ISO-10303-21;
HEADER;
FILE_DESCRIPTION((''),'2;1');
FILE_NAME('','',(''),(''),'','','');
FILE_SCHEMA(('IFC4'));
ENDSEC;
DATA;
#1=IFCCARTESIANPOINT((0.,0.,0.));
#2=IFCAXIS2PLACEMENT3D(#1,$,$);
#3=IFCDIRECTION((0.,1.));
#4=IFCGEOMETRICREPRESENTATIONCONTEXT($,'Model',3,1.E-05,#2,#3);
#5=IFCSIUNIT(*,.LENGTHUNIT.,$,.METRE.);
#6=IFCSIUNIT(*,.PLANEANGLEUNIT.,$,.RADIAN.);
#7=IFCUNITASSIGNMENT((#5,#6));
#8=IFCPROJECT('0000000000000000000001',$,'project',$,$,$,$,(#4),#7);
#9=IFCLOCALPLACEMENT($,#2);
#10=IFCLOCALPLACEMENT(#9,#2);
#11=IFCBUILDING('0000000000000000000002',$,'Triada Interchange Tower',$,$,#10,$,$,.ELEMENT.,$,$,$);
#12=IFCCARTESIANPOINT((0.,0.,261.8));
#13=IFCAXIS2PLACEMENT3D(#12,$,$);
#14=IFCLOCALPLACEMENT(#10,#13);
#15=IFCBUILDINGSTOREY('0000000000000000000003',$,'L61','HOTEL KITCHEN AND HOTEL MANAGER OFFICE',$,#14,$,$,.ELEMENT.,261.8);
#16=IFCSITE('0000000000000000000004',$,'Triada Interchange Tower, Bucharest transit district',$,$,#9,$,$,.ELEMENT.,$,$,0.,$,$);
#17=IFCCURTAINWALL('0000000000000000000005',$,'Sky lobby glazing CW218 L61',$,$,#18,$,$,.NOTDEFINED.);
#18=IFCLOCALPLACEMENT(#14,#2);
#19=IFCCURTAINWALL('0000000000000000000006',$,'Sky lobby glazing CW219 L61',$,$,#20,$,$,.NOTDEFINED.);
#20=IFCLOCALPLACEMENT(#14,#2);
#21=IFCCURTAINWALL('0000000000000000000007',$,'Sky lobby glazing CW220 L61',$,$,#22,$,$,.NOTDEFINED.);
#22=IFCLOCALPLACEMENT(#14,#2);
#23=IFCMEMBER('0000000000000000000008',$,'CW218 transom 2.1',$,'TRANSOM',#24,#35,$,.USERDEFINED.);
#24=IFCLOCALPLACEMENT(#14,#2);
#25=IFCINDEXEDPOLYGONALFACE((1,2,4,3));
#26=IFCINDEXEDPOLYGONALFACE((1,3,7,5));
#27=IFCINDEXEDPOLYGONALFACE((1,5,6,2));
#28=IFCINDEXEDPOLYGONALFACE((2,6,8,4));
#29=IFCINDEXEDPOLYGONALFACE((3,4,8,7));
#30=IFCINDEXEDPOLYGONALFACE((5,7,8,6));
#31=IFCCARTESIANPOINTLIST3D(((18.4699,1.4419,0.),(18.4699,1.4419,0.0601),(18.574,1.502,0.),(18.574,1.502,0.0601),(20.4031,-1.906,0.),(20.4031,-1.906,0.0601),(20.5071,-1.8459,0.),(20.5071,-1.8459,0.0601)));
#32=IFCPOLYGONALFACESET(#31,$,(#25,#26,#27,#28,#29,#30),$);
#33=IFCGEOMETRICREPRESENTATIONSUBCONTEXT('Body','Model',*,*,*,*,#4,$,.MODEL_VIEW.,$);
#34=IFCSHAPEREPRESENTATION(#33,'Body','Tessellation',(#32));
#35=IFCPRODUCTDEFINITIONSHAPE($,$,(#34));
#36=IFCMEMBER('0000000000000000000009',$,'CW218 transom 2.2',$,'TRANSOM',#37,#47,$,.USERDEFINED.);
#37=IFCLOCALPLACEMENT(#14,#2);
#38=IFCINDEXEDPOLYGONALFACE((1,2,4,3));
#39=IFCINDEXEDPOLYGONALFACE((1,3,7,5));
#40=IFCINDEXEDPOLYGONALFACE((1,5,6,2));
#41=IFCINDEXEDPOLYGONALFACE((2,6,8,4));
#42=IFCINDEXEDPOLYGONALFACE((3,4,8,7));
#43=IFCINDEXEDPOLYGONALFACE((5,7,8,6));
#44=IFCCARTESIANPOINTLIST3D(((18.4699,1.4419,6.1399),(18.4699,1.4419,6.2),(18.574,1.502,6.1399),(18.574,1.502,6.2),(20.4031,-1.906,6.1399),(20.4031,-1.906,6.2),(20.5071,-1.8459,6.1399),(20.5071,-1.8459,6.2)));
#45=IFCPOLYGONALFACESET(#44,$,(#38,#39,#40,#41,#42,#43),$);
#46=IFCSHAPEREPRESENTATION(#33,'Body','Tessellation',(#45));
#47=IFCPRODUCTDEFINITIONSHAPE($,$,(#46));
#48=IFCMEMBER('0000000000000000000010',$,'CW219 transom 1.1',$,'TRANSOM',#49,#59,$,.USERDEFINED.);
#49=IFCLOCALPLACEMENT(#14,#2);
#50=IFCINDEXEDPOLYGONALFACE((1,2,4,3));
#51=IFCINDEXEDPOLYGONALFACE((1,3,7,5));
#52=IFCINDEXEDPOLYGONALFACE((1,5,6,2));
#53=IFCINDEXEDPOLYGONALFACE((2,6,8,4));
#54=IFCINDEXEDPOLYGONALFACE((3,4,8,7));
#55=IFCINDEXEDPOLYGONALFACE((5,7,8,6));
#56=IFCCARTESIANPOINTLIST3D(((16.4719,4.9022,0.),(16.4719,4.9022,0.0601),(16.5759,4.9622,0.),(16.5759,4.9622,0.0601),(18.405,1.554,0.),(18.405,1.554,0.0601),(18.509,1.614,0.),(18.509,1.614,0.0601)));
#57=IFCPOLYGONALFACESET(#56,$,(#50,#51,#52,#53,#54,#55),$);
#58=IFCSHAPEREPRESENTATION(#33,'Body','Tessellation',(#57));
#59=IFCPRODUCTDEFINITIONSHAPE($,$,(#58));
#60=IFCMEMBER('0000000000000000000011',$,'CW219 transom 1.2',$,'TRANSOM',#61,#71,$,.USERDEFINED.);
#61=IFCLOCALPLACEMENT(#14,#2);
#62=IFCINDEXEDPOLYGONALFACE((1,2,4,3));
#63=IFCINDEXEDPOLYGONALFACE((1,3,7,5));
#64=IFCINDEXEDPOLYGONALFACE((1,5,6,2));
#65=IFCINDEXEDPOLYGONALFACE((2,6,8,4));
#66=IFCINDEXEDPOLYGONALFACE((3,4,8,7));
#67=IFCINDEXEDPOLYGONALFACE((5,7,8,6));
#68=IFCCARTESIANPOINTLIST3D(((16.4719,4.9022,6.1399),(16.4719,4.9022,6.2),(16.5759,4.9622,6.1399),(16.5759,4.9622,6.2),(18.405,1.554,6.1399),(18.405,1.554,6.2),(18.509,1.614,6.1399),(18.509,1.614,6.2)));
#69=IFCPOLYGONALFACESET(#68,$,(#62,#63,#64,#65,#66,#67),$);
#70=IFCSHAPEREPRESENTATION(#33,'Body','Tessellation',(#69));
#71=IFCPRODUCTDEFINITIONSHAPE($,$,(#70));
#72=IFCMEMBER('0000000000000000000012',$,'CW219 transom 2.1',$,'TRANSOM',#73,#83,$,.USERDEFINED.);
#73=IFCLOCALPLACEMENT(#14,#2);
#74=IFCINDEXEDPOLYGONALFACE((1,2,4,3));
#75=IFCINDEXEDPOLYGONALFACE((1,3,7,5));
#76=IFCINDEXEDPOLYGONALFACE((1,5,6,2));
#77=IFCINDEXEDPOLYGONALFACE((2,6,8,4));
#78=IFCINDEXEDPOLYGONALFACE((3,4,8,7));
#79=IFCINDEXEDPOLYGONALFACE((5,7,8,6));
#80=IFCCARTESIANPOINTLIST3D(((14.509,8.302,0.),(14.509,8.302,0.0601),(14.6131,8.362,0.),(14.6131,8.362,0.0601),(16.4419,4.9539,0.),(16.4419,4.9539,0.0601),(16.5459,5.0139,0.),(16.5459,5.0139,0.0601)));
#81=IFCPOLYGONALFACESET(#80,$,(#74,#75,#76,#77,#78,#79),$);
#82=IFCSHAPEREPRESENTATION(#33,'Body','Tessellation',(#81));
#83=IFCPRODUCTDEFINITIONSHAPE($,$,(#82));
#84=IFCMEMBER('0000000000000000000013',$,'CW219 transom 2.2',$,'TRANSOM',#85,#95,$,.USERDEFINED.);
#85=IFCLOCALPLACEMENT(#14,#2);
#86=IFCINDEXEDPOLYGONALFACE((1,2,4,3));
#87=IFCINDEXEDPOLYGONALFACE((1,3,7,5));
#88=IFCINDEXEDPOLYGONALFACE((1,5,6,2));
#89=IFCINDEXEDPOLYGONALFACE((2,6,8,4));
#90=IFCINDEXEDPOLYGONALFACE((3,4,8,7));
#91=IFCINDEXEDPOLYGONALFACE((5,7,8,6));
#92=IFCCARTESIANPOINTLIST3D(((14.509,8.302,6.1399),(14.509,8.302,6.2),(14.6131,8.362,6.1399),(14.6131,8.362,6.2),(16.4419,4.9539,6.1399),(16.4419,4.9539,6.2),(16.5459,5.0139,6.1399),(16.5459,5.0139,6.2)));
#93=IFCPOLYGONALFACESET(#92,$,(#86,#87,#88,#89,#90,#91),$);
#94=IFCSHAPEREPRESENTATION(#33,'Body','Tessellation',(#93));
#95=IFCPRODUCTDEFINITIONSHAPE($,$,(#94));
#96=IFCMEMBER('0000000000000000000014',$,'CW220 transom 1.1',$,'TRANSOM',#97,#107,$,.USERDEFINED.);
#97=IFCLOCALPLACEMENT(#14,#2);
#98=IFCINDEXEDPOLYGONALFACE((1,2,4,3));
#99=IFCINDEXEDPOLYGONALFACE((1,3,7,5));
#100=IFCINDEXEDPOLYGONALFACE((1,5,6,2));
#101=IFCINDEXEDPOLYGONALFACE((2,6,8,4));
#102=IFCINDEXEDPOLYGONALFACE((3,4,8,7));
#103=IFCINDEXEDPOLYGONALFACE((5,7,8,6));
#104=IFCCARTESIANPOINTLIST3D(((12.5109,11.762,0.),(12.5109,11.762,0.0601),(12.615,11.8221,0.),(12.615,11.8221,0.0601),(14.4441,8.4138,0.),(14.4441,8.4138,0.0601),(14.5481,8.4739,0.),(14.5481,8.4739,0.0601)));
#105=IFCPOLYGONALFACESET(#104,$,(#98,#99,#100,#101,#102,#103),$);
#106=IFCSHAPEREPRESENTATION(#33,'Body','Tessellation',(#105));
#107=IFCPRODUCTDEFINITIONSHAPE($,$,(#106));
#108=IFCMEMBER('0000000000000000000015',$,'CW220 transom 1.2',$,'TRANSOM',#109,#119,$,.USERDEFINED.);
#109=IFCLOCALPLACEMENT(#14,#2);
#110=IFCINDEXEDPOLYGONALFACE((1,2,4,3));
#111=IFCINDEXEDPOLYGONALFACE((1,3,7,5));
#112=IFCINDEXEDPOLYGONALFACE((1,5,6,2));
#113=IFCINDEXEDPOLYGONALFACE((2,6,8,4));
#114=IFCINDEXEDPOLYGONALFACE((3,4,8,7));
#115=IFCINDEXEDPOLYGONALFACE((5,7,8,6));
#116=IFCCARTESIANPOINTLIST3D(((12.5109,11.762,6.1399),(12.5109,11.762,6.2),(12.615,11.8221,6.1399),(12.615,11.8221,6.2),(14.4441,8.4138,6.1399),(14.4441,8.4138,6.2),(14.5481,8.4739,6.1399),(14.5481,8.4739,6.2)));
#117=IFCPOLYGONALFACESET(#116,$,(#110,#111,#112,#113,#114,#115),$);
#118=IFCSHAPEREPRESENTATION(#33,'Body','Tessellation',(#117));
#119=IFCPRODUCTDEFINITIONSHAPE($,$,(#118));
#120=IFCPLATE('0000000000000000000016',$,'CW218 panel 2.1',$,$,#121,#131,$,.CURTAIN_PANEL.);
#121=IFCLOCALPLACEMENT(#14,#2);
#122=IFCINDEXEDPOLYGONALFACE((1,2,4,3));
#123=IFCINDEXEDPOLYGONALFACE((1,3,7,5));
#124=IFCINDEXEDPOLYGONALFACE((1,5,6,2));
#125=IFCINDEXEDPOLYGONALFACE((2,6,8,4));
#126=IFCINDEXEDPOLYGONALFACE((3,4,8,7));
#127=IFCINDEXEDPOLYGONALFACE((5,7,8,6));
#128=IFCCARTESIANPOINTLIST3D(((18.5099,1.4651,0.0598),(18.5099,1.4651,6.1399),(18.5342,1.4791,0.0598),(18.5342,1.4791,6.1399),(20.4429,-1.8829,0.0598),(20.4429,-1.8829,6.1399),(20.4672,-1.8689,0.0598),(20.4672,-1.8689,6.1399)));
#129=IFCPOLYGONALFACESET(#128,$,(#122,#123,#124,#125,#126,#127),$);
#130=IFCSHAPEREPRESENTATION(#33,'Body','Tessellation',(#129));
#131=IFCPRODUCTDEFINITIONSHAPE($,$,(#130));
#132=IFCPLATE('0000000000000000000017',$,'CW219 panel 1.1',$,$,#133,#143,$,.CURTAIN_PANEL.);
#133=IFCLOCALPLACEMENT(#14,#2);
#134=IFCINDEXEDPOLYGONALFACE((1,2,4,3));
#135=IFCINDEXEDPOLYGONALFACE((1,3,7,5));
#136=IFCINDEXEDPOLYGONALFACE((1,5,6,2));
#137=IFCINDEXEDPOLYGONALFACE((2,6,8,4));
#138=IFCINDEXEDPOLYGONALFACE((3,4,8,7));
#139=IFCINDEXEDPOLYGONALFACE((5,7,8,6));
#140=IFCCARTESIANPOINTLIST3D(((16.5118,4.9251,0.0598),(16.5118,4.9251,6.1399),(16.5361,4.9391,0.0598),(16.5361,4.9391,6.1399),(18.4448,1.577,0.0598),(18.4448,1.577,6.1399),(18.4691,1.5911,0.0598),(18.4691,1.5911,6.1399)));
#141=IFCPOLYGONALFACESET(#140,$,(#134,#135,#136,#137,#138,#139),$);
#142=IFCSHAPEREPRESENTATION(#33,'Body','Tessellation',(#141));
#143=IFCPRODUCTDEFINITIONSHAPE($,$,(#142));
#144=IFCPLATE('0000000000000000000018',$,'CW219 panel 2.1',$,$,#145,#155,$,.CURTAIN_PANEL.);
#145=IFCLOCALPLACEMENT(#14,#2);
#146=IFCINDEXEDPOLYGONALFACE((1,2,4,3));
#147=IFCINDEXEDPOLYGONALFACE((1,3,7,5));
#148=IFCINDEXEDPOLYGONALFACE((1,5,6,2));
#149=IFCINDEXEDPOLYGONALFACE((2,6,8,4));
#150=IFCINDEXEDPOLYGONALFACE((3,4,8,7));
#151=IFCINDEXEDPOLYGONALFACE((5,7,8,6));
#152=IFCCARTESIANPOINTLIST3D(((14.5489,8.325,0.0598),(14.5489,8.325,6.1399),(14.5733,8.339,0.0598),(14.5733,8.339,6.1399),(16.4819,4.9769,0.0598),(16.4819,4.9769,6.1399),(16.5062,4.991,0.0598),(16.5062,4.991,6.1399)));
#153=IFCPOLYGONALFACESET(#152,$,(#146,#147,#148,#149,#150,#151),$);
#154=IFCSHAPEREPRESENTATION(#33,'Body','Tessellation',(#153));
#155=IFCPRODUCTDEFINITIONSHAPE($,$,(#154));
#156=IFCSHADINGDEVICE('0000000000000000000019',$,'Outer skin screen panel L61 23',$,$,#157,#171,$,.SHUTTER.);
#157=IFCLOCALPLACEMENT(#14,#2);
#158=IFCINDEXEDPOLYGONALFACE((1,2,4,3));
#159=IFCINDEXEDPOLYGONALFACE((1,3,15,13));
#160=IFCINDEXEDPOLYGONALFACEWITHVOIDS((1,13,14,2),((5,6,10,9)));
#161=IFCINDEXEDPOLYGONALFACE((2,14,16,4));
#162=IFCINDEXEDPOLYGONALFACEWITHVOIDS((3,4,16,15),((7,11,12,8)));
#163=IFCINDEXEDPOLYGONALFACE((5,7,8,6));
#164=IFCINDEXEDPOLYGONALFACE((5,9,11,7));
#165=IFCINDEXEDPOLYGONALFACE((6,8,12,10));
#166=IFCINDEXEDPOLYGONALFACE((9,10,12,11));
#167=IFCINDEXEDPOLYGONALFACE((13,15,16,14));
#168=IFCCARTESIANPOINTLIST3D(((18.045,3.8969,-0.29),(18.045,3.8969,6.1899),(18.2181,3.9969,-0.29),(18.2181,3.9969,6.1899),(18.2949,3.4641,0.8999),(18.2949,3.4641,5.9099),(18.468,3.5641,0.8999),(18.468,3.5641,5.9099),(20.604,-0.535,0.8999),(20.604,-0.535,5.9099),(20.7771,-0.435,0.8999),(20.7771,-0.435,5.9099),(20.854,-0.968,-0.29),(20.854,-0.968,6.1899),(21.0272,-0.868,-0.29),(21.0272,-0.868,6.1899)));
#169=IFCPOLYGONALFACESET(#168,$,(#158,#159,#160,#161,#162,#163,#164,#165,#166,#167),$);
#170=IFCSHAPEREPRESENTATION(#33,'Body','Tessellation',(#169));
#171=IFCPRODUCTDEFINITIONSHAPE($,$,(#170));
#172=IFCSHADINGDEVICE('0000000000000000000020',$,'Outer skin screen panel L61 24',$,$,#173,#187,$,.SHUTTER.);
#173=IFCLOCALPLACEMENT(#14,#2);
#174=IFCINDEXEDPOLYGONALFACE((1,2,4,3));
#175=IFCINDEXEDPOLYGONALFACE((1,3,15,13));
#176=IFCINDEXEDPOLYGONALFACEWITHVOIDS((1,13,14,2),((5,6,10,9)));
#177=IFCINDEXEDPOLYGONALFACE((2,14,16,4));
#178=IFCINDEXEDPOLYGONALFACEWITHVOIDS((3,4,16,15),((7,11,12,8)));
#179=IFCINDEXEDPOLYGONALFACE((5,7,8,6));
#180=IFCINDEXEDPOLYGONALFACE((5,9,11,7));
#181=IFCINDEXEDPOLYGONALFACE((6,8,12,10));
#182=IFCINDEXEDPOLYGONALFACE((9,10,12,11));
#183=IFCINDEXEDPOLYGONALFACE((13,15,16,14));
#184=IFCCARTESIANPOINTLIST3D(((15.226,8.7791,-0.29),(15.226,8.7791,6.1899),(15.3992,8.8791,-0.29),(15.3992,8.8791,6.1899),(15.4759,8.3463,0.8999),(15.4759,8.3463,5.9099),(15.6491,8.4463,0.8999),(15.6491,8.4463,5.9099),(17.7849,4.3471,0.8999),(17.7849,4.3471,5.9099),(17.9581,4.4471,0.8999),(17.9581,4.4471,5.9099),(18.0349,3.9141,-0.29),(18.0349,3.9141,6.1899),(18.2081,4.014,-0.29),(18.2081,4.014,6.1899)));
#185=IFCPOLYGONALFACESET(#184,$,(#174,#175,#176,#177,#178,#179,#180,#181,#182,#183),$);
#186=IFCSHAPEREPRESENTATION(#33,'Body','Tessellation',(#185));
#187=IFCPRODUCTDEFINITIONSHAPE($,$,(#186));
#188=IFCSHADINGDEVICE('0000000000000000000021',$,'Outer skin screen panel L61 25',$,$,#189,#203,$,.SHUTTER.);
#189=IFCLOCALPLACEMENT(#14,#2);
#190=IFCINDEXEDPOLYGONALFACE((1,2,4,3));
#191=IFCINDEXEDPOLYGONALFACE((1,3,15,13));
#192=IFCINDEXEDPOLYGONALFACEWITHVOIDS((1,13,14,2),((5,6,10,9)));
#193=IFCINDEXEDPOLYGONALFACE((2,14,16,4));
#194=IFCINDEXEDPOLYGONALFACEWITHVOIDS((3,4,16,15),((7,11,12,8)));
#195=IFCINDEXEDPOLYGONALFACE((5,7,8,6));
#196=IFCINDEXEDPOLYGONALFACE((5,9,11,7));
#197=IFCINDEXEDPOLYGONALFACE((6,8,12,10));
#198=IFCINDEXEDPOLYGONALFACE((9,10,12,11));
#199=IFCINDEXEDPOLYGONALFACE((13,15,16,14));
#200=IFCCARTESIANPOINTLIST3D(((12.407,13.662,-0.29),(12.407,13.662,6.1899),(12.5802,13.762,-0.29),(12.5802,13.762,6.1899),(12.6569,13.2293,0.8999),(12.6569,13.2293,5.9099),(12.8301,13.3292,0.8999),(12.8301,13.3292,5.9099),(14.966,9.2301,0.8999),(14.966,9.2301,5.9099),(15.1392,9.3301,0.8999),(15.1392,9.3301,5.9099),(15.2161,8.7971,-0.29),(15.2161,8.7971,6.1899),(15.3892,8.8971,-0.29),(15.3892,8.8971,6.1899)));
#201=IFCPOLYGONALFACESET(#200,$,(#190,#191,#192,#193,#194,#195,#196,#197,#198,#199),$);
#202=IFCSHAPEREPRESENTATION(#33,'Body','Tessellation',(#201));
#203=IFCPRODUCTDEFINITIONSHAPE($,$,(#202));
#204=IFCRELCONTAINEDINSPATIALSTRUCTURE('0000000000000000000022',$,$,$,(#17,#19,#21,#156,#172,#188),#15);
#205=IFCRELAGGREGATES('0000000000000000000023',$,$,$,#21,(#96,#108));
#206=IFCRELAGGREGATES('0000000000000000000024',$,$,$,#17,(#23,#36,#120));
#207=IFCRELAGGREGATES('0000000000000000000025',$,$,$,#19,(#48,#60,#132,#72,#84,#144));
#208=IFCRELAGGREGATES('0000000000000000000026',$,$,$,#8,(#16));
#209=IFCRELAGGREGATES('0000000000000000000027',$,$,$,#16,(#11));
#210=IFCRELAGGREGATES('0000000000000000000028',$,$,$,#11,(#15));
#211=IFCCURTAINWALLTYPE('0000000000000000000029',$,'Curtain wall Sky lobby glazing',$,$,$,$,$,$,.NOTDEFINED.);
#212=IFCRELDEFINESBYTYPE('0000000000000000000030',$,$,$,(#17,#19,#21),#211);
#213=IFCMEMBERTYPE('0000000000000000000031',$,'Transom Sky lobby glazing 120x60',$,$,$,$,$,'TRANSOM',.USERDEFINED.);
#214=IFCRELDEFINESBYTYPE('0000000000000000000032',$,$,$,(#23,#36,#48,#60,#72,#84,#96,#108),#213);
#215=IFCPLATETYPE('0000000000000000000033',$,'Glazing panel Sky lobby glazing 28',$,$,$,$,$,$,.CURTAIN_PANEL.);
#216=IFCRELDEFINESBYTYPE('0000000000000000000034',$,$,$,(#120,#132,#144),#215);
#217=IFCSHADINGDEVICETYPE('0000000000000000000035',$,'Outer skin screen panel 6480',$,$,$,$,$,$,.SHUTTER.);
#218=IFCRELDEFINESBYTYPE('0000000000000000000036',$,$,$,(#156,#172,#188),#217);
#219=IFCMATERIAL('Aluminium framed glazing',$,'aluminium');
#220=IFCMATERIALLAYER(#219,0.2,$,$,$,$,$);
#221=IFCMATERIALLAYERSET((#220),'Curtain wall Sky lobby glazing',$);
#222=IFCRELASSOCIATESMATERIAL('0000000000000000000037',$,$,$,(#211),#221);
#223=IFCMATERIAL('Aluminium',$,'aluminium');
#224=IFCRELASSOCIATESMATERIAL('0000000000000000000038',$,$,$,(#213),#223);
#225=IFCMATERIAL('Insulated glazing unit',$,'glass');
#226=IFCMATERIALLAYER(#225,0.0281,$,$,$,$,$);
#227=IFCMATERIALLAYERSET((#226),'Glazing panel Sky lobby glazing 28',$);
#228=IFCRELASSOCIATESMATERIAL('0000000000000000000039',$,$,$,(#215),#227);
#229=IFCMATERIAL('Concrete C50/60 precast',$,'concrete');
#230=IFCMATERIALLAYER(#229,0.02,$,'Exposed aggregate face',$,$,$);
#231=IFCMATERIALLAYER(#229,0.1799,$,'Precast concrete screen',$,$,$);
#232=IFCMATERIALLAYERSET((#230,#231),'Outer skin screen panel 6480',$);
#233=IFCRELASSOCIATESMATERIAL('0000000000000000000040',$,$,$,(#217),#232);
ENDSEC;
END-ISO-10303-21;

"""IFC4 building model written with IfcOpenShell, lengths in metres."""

from ifc_helpers import new_model, si_unit, direction, frame, origin, origin_2d, place, context, subcontext, project, spatial, polyline, rectangle, outline, extrude, material, layer, layer_set, material_profile, profile_set, type_object, element, aggregate, save


model = new_model("IFC4")

# Units and contexts
model_context = context("Model", 3, precision=1e-05, world=origin(), true_north=direction((0.0, 1.0)))
body_context = subcontext(model_context, "Body", "Model", "MODEL_VIEW")
ifc_project = project(units=[si_unit("LENGTHUNIT", "METRE"), si_unit("PLANEANGLEUNIT", "RADIAN")], contexts=[model_context])

# Site, building, storey
site_placement = place(None, origin())
site = spatial("IfcSite", under=ifc_project, at=site_placement, Name="Triada Interchange Tower, Bucharest transit district", CompositionType="ELEMENT", RefElevation=0.0)
building_placement = place(site_placement, origin())
building = spatial("IfcBuilding", under=site, at=building_placement, Name="Triada Interchange Tower", CompositionType="ELEMENT")
storey_placement = place(building_placement, frame((0.0, 0.0, 261.8)))
storey = spatial("IfcBuildingStorey", under=building, at=storey_placement, Name="L61", Description="HOTEL KITCHEN AND HOTEL MANAGER OFFICE", CompositionType="ELEMENT", Elevation=261.8)

# Curtain walls
ifc_material_1 = material(Name="Aluminium framed glazing", Category="aluminium")
ifc_layer_1 = layer(ifc_material_1, 0.2)
ifc_layer_set_1 = layer_set([ifc_layer_1], Name="Curtain wall Sky lobby glazing")
curtain_wall_type = type_object("IfcCurtainWallType", Name="Curtain wall Sky lobby glazing", PredefinedType="NOTDEFINED", material=ifc_layer_set_1)
curtain_wall_1_placement = place(storey_placement, origin())
curtain_wall_1 = element("IfcCurtainWall", 1, at=curtain_wall_1_placement, inside=storey, type_object=curtain_wall_type, Name="Sky lobby glazing CW218 L61", PredefinedType="NOTDEFINED")
ifc_material_2 = material(Name="Aluminium", Category="aluminium")
curtain_wall_2_placement = place(storey_placement, origin())
curtain_wall_2 = element("IfcCurtainWall", 2, at=curtain_wall_2_placement, inside=storey, type_object=curtain_wall_type, Name="Sky lobby glazing CW219 L61", PredefinedType="NOTDEFINED")

# Curtain wall
curtain_wall_3_placement = place(storey_placement, origin())
curtain_wall_3 = element("IfcCurtainWall", 3, at=curtain_wall_3_placement, inside=storey, type_object=curtain_wall_type, Name="Sky lobby glazing CW220 L61", PredefinedType="NOTDEFINED")

# Members
ifc_material_profile_1 = material_profile(ifc_material_2, rectangle(XDim=0.1201, YDim=0.0601, at=origin_2d()), Name="Aluminium transom")
ifc_profile_set_1 = profile_set([ifc_material_profile_1], Name="Aluminium")
member_type_1 = type_object("IfcMemberType", Name="Transom Sky lobby glazing 120x60", ElementType="TRANSOM", PredefinedType="USERDEFINED", material=ifc_profile_set_1)
member_1_placement = place(storey_placement, frame((20.4551, -1.876, 0.03), z_axis=(-0.500038, 0.866004, 0.0), x_axis=(-0.866004, -0.500038, 0.0)))
member_1 = element("IfcMember", 4, at=member_1_placement, type_object=member_type_1, Name="CW218 transom 2.1", ObjectType="TRANSOM", PredefinedType="USERDEFINED", context=body_context, shape_type="SweptSolid", body=[
    extrude(rectangle(XDim=0.1201, YDim=0.0601, at=origin_2d()), origin(), (0.0, 0.0, 1.0), 3.866),
])
member_2_placement = place(storey_placement, frame((20.4551, -1.876, 6.1699), z_axis=(-0.500038, 0.866004, 0.0), x_axis=(-0.866004, -0.500038, 0.0)))
member_2 = element("IfcMember", 5, at=member_2_placement, type_object=member_type_1, Name="CW218 transom 2.2", ObjectType="TRANSOM", PredefinedType="USERDEFINED", context=body_context, shape_type="SweptSolid", body=[
    extrude(rectangle(XDim=0.1201, YDim=0.0601, at=origin_2d()), origin(), (0.0, 0.0, 1.0), 3.866),
])
member_3_placement = place(storey_placement, frame((18.457, 1.584, 0.03), z_axis=(-0.50001, 0.866019, 0.0), x_axis=(-0.866019, -0.50001, 0.0)))
member_3 = element("IfcMember", 6, at=member_3_placement, type_object=member_type_1, Name="CW219 transom 1.1", ObjectType="TRANSOM", PredefinedType="USERDEFINED", context=body_context, shape_type="SweptSolid", body=[
    extrude(rectangle(XDim=0.1201, YDim=0.0601, at=origin_2d()), origin(), (0.0, 0.0, 1.0), 3.8662),
])
member_4_placement = place(storey_placement, frame((18.457, 1.584, 6.1699), z_axis=(-0.50001, 0.866019, 0.0), x_axis=(-0.866019, -0.50001, 0.0)))
member_4 = element("IfcMember", 7, at=member_4_placement, type_object=member_type_1, Name="CW219 transom 1.2", ObjectType="TRANSOM", PredefinedType="USERDEFINED", context=body_context, shape_type="SweptSolid", body=[
    extrude(rectangle(XDim=0.1201, YDim=0.0601, at=origin_2d()), origin(), (0.0, 0.0, 1.0), 3.8662),
])
member_5_placement = place(storey_placement, frame((16.4939, 4.9839, 0.03), z_axis=(-0.499963, 0.866047, 0.0), x_axis=(-0.866047, -0.499963, 0.0)))
member_5 = element("IfcMember", 8, at=member_5_placement, type_object=member_type_1, Name="CW219 transom 2.1", ObjectType="TRANSOM", PredefinedType="USERDEFINED", context=body_context, shape_type="SweptSolid", body=[
    extrude(rectangle(XDim=0.1201, YDim=0.0601, at=origin_2d()), origin(), (0.0, 0.0, 1.0), 3.866),
])
member_6_placement = place(storey_placement, frame((16.4939, 4.9839, 6.1699), z_axis=(-0.499963, 0.866047, 0.0), x_axis=(-0.866047, -0.499963, 0.0)))
member_6 = element("IfcMember", 9, at=member_6_placement, type_object=member_type_1, Name="CW219 transom 2.2", ObjectType="TRANSOM", PredefinedType="USERDEFINED", context=body_context, shape_type="SweptSolid", body=[
    extrude(rectangle(XDim=0.1201, YDim=0.0601, at=origin_2d()), origin(), (0.0, 0.0, 1.0), 3.866),
])
member_7_placement = place(storey_placement, frame((14.4961, 8.4438, 0.03), z_axis=(-0.50001, 0.866019, 0.0), x_axis=(-0.866019, -0.50001, 0.0)))
member_7 = element("IfcMember", 10, at=member_7_placement, type_object=member_type_1, Name="CW220 transom 1.1", ObjectType="TRANSOM", PredefinedType="USERDEFINED", context=body_context, shape_type="SweptSolid", body=[
    extrude(rectangle(XDim=0.1201, YDim=0.0601, at=origin_2d()), origin(), (0.0, 0.0, 1.0), 3.8662),
])
member_8_placement = place(storey_placement, frame((14.4961, 8.4438, 6.1699), z_axis=(-0.50001, 0.866019, 0.0), x_axis=(-0.866019, -0.50001, 0.0)))
member_8 = element("IfcMember", 11, at=member_8_placement, type_object=member_type_1, Name="CW220 transom 1.2", ObjectType="TRANSOM", PredefinedType="USERDEFINED", context=body_context, shape_type="SweptSolid", body=[
    extrude(rectangle(XDim=0.1201, YDim=0.0601, at=origin_2d()), origin(), (0.0, 0.0, 1.0), 3.8662),
])
aggregate(curtain_wall_3, [member_7, member_8])

# Plates
ifc_material_3 = material(Name="Insulated glazing unit", Category="glass")
ifc_layer_2 = layer(ifc_material_3, 0.0281)
ifc_layer_set_2 = layer_set([ifc_layer_2], Name="Glazing panel Sky lobby glazing 28")
plate_type = type_object("IfcPlateType", Name="Glazing panel Sky lobby glazing 28", PredefinedType="CURTAIN_PANEL", material=ifc_layer_set_2)
plate_1_placement = place(storey_placement, frame((19.4885, -0.2019, 0.0598), z_axis=(0.0, 0.0, 1.0), x_axis=(-0.5, 0.866026, 0.0)))
plate_1 = element("IfcPlate", 12, at=plate_1_placement, type_object=plate_type, Name="CW218 panel 2.1", PredefinedType="CURTAIN_PANEL", context=body_context, shape_type="SweptSolid", body=[
    extrude(rectangle(XDim=3.866, YDim=0.0281, at=origin_2d()), origin(), (0.0, 0.0, 1.0), 6.0801),
])
aggregate(curtain_wall_1, [member_1, member_2, plate_1])
plate_2_placement = place(storey_placement, frame((17.4905, 3.2581, 0.0598), z_axis=(0.0, 0.0, 1.0), x_axis=(-0.5, 0.866026, 0.0)))
plate_2 = element("IfcPlate", 13, at=plate_2_placement, type_object=plate_type, Name="CW219 panel 1.1", PredefinedType="CURTAIN_PANEL", context=body_context, shape_type="SweptSolid", body=[
    extrude(rectangle(XDim=3.866, YDim=0.0281, at=origin_2d()), origin(), (0.0, 0.0, 1.0), 6.0801),
])
plate_3_placement = place(storey_placement, frame((15.5276, 6.658, 0.0598), z_axis=(0.0, 0.0, 1.0), x_axis=(-0.5, 0.866026, 0.0)))
plate_3 = element("IfcPlate", 14, at=plate_3_placement, type_object=plate_type, Name="CW219 panel 2.1", PredefinedType="CURTAIN_PANEL", context=body_context, shape_type="SweptSolid", body=[
    extrude(rectangle(XDim=3.866, YDim=0.0281, at=origin_2d()), origin(), (0.0, 0.0, 1.0), 6.0801),
])
aggregate(curtain_wall_2, [member_3, member_4, plate_2, member_5, member_6, plate_3])

# Shading devices
ifc_material_4 = material(Name="Concrete C50/60 precast", Category="concrete")
ifc_layer_3 = layer(ifc_material_4, 0.02, Name="Exposed aggregate face")
ifc_layer_4 = layer(ifc_material_4, 0.1799, Name="Precast concrete screen")
ifc_layer_set_3 = layer_set([ifc_layer_3, ifc_layer_4], Name="Outer skin screen panel 6480")
shading_device_type = type_object("IfcShadingDeviceType", Name="Outer skin screen panel 6480", PredefinedType="SHUTTER", material=ifc_layer_set_3)
for number, where, z_axis, x_axis, name in (
    (15, (20.854, -0.968, -0.29), (0.0, 0.0, 1.0), (-0.500037, 0.866004, 0.0), "Outer skin screen panel L61 23"),
    (16, (18.0349, 3.9141, -0.29), (0.0, 0.0, 1.0), (-0.500005, 0.866023, 0.0), "Outer skin screen panel L61 24"),
    (17, (15.2161, 8.7971, -0.29), (0.0, 0.0, 1.0), (-0.500037, 0.866004, 0.0), "Outer skin screen panel L61 25"),
):
    element("IfcShadingDevice", number, at=place(storey_placement, frame(where, z_axis=z_axis, x_axis=x_axis)), inside=storey, type_object=shading_device_type, Name=name, PredefinedType="SHUTTER", context=body_context, shape_type="SweptSolid", body=[
        extrude(outline(polyline([(0.0, 0.0), (5.6177, 0.0), (5.6177, 6.48), (0.0, 6.48), (0.0, 0.0)]), holes=[polyline([(0.5, 1.1899), (0.5, 6.2), (5.1179, 6.2), (5.1179, 1.1899), (0.5, 1.1899)])]), frame((0.0, 0.0, 0.0), z_axis=(0.0, -1.0, 0.0), x_axis=(1.0, 0.0, 0.0)), (0.0, 0.0, 1.0), 0.2),
    ])

save(model, "model.ifc")
